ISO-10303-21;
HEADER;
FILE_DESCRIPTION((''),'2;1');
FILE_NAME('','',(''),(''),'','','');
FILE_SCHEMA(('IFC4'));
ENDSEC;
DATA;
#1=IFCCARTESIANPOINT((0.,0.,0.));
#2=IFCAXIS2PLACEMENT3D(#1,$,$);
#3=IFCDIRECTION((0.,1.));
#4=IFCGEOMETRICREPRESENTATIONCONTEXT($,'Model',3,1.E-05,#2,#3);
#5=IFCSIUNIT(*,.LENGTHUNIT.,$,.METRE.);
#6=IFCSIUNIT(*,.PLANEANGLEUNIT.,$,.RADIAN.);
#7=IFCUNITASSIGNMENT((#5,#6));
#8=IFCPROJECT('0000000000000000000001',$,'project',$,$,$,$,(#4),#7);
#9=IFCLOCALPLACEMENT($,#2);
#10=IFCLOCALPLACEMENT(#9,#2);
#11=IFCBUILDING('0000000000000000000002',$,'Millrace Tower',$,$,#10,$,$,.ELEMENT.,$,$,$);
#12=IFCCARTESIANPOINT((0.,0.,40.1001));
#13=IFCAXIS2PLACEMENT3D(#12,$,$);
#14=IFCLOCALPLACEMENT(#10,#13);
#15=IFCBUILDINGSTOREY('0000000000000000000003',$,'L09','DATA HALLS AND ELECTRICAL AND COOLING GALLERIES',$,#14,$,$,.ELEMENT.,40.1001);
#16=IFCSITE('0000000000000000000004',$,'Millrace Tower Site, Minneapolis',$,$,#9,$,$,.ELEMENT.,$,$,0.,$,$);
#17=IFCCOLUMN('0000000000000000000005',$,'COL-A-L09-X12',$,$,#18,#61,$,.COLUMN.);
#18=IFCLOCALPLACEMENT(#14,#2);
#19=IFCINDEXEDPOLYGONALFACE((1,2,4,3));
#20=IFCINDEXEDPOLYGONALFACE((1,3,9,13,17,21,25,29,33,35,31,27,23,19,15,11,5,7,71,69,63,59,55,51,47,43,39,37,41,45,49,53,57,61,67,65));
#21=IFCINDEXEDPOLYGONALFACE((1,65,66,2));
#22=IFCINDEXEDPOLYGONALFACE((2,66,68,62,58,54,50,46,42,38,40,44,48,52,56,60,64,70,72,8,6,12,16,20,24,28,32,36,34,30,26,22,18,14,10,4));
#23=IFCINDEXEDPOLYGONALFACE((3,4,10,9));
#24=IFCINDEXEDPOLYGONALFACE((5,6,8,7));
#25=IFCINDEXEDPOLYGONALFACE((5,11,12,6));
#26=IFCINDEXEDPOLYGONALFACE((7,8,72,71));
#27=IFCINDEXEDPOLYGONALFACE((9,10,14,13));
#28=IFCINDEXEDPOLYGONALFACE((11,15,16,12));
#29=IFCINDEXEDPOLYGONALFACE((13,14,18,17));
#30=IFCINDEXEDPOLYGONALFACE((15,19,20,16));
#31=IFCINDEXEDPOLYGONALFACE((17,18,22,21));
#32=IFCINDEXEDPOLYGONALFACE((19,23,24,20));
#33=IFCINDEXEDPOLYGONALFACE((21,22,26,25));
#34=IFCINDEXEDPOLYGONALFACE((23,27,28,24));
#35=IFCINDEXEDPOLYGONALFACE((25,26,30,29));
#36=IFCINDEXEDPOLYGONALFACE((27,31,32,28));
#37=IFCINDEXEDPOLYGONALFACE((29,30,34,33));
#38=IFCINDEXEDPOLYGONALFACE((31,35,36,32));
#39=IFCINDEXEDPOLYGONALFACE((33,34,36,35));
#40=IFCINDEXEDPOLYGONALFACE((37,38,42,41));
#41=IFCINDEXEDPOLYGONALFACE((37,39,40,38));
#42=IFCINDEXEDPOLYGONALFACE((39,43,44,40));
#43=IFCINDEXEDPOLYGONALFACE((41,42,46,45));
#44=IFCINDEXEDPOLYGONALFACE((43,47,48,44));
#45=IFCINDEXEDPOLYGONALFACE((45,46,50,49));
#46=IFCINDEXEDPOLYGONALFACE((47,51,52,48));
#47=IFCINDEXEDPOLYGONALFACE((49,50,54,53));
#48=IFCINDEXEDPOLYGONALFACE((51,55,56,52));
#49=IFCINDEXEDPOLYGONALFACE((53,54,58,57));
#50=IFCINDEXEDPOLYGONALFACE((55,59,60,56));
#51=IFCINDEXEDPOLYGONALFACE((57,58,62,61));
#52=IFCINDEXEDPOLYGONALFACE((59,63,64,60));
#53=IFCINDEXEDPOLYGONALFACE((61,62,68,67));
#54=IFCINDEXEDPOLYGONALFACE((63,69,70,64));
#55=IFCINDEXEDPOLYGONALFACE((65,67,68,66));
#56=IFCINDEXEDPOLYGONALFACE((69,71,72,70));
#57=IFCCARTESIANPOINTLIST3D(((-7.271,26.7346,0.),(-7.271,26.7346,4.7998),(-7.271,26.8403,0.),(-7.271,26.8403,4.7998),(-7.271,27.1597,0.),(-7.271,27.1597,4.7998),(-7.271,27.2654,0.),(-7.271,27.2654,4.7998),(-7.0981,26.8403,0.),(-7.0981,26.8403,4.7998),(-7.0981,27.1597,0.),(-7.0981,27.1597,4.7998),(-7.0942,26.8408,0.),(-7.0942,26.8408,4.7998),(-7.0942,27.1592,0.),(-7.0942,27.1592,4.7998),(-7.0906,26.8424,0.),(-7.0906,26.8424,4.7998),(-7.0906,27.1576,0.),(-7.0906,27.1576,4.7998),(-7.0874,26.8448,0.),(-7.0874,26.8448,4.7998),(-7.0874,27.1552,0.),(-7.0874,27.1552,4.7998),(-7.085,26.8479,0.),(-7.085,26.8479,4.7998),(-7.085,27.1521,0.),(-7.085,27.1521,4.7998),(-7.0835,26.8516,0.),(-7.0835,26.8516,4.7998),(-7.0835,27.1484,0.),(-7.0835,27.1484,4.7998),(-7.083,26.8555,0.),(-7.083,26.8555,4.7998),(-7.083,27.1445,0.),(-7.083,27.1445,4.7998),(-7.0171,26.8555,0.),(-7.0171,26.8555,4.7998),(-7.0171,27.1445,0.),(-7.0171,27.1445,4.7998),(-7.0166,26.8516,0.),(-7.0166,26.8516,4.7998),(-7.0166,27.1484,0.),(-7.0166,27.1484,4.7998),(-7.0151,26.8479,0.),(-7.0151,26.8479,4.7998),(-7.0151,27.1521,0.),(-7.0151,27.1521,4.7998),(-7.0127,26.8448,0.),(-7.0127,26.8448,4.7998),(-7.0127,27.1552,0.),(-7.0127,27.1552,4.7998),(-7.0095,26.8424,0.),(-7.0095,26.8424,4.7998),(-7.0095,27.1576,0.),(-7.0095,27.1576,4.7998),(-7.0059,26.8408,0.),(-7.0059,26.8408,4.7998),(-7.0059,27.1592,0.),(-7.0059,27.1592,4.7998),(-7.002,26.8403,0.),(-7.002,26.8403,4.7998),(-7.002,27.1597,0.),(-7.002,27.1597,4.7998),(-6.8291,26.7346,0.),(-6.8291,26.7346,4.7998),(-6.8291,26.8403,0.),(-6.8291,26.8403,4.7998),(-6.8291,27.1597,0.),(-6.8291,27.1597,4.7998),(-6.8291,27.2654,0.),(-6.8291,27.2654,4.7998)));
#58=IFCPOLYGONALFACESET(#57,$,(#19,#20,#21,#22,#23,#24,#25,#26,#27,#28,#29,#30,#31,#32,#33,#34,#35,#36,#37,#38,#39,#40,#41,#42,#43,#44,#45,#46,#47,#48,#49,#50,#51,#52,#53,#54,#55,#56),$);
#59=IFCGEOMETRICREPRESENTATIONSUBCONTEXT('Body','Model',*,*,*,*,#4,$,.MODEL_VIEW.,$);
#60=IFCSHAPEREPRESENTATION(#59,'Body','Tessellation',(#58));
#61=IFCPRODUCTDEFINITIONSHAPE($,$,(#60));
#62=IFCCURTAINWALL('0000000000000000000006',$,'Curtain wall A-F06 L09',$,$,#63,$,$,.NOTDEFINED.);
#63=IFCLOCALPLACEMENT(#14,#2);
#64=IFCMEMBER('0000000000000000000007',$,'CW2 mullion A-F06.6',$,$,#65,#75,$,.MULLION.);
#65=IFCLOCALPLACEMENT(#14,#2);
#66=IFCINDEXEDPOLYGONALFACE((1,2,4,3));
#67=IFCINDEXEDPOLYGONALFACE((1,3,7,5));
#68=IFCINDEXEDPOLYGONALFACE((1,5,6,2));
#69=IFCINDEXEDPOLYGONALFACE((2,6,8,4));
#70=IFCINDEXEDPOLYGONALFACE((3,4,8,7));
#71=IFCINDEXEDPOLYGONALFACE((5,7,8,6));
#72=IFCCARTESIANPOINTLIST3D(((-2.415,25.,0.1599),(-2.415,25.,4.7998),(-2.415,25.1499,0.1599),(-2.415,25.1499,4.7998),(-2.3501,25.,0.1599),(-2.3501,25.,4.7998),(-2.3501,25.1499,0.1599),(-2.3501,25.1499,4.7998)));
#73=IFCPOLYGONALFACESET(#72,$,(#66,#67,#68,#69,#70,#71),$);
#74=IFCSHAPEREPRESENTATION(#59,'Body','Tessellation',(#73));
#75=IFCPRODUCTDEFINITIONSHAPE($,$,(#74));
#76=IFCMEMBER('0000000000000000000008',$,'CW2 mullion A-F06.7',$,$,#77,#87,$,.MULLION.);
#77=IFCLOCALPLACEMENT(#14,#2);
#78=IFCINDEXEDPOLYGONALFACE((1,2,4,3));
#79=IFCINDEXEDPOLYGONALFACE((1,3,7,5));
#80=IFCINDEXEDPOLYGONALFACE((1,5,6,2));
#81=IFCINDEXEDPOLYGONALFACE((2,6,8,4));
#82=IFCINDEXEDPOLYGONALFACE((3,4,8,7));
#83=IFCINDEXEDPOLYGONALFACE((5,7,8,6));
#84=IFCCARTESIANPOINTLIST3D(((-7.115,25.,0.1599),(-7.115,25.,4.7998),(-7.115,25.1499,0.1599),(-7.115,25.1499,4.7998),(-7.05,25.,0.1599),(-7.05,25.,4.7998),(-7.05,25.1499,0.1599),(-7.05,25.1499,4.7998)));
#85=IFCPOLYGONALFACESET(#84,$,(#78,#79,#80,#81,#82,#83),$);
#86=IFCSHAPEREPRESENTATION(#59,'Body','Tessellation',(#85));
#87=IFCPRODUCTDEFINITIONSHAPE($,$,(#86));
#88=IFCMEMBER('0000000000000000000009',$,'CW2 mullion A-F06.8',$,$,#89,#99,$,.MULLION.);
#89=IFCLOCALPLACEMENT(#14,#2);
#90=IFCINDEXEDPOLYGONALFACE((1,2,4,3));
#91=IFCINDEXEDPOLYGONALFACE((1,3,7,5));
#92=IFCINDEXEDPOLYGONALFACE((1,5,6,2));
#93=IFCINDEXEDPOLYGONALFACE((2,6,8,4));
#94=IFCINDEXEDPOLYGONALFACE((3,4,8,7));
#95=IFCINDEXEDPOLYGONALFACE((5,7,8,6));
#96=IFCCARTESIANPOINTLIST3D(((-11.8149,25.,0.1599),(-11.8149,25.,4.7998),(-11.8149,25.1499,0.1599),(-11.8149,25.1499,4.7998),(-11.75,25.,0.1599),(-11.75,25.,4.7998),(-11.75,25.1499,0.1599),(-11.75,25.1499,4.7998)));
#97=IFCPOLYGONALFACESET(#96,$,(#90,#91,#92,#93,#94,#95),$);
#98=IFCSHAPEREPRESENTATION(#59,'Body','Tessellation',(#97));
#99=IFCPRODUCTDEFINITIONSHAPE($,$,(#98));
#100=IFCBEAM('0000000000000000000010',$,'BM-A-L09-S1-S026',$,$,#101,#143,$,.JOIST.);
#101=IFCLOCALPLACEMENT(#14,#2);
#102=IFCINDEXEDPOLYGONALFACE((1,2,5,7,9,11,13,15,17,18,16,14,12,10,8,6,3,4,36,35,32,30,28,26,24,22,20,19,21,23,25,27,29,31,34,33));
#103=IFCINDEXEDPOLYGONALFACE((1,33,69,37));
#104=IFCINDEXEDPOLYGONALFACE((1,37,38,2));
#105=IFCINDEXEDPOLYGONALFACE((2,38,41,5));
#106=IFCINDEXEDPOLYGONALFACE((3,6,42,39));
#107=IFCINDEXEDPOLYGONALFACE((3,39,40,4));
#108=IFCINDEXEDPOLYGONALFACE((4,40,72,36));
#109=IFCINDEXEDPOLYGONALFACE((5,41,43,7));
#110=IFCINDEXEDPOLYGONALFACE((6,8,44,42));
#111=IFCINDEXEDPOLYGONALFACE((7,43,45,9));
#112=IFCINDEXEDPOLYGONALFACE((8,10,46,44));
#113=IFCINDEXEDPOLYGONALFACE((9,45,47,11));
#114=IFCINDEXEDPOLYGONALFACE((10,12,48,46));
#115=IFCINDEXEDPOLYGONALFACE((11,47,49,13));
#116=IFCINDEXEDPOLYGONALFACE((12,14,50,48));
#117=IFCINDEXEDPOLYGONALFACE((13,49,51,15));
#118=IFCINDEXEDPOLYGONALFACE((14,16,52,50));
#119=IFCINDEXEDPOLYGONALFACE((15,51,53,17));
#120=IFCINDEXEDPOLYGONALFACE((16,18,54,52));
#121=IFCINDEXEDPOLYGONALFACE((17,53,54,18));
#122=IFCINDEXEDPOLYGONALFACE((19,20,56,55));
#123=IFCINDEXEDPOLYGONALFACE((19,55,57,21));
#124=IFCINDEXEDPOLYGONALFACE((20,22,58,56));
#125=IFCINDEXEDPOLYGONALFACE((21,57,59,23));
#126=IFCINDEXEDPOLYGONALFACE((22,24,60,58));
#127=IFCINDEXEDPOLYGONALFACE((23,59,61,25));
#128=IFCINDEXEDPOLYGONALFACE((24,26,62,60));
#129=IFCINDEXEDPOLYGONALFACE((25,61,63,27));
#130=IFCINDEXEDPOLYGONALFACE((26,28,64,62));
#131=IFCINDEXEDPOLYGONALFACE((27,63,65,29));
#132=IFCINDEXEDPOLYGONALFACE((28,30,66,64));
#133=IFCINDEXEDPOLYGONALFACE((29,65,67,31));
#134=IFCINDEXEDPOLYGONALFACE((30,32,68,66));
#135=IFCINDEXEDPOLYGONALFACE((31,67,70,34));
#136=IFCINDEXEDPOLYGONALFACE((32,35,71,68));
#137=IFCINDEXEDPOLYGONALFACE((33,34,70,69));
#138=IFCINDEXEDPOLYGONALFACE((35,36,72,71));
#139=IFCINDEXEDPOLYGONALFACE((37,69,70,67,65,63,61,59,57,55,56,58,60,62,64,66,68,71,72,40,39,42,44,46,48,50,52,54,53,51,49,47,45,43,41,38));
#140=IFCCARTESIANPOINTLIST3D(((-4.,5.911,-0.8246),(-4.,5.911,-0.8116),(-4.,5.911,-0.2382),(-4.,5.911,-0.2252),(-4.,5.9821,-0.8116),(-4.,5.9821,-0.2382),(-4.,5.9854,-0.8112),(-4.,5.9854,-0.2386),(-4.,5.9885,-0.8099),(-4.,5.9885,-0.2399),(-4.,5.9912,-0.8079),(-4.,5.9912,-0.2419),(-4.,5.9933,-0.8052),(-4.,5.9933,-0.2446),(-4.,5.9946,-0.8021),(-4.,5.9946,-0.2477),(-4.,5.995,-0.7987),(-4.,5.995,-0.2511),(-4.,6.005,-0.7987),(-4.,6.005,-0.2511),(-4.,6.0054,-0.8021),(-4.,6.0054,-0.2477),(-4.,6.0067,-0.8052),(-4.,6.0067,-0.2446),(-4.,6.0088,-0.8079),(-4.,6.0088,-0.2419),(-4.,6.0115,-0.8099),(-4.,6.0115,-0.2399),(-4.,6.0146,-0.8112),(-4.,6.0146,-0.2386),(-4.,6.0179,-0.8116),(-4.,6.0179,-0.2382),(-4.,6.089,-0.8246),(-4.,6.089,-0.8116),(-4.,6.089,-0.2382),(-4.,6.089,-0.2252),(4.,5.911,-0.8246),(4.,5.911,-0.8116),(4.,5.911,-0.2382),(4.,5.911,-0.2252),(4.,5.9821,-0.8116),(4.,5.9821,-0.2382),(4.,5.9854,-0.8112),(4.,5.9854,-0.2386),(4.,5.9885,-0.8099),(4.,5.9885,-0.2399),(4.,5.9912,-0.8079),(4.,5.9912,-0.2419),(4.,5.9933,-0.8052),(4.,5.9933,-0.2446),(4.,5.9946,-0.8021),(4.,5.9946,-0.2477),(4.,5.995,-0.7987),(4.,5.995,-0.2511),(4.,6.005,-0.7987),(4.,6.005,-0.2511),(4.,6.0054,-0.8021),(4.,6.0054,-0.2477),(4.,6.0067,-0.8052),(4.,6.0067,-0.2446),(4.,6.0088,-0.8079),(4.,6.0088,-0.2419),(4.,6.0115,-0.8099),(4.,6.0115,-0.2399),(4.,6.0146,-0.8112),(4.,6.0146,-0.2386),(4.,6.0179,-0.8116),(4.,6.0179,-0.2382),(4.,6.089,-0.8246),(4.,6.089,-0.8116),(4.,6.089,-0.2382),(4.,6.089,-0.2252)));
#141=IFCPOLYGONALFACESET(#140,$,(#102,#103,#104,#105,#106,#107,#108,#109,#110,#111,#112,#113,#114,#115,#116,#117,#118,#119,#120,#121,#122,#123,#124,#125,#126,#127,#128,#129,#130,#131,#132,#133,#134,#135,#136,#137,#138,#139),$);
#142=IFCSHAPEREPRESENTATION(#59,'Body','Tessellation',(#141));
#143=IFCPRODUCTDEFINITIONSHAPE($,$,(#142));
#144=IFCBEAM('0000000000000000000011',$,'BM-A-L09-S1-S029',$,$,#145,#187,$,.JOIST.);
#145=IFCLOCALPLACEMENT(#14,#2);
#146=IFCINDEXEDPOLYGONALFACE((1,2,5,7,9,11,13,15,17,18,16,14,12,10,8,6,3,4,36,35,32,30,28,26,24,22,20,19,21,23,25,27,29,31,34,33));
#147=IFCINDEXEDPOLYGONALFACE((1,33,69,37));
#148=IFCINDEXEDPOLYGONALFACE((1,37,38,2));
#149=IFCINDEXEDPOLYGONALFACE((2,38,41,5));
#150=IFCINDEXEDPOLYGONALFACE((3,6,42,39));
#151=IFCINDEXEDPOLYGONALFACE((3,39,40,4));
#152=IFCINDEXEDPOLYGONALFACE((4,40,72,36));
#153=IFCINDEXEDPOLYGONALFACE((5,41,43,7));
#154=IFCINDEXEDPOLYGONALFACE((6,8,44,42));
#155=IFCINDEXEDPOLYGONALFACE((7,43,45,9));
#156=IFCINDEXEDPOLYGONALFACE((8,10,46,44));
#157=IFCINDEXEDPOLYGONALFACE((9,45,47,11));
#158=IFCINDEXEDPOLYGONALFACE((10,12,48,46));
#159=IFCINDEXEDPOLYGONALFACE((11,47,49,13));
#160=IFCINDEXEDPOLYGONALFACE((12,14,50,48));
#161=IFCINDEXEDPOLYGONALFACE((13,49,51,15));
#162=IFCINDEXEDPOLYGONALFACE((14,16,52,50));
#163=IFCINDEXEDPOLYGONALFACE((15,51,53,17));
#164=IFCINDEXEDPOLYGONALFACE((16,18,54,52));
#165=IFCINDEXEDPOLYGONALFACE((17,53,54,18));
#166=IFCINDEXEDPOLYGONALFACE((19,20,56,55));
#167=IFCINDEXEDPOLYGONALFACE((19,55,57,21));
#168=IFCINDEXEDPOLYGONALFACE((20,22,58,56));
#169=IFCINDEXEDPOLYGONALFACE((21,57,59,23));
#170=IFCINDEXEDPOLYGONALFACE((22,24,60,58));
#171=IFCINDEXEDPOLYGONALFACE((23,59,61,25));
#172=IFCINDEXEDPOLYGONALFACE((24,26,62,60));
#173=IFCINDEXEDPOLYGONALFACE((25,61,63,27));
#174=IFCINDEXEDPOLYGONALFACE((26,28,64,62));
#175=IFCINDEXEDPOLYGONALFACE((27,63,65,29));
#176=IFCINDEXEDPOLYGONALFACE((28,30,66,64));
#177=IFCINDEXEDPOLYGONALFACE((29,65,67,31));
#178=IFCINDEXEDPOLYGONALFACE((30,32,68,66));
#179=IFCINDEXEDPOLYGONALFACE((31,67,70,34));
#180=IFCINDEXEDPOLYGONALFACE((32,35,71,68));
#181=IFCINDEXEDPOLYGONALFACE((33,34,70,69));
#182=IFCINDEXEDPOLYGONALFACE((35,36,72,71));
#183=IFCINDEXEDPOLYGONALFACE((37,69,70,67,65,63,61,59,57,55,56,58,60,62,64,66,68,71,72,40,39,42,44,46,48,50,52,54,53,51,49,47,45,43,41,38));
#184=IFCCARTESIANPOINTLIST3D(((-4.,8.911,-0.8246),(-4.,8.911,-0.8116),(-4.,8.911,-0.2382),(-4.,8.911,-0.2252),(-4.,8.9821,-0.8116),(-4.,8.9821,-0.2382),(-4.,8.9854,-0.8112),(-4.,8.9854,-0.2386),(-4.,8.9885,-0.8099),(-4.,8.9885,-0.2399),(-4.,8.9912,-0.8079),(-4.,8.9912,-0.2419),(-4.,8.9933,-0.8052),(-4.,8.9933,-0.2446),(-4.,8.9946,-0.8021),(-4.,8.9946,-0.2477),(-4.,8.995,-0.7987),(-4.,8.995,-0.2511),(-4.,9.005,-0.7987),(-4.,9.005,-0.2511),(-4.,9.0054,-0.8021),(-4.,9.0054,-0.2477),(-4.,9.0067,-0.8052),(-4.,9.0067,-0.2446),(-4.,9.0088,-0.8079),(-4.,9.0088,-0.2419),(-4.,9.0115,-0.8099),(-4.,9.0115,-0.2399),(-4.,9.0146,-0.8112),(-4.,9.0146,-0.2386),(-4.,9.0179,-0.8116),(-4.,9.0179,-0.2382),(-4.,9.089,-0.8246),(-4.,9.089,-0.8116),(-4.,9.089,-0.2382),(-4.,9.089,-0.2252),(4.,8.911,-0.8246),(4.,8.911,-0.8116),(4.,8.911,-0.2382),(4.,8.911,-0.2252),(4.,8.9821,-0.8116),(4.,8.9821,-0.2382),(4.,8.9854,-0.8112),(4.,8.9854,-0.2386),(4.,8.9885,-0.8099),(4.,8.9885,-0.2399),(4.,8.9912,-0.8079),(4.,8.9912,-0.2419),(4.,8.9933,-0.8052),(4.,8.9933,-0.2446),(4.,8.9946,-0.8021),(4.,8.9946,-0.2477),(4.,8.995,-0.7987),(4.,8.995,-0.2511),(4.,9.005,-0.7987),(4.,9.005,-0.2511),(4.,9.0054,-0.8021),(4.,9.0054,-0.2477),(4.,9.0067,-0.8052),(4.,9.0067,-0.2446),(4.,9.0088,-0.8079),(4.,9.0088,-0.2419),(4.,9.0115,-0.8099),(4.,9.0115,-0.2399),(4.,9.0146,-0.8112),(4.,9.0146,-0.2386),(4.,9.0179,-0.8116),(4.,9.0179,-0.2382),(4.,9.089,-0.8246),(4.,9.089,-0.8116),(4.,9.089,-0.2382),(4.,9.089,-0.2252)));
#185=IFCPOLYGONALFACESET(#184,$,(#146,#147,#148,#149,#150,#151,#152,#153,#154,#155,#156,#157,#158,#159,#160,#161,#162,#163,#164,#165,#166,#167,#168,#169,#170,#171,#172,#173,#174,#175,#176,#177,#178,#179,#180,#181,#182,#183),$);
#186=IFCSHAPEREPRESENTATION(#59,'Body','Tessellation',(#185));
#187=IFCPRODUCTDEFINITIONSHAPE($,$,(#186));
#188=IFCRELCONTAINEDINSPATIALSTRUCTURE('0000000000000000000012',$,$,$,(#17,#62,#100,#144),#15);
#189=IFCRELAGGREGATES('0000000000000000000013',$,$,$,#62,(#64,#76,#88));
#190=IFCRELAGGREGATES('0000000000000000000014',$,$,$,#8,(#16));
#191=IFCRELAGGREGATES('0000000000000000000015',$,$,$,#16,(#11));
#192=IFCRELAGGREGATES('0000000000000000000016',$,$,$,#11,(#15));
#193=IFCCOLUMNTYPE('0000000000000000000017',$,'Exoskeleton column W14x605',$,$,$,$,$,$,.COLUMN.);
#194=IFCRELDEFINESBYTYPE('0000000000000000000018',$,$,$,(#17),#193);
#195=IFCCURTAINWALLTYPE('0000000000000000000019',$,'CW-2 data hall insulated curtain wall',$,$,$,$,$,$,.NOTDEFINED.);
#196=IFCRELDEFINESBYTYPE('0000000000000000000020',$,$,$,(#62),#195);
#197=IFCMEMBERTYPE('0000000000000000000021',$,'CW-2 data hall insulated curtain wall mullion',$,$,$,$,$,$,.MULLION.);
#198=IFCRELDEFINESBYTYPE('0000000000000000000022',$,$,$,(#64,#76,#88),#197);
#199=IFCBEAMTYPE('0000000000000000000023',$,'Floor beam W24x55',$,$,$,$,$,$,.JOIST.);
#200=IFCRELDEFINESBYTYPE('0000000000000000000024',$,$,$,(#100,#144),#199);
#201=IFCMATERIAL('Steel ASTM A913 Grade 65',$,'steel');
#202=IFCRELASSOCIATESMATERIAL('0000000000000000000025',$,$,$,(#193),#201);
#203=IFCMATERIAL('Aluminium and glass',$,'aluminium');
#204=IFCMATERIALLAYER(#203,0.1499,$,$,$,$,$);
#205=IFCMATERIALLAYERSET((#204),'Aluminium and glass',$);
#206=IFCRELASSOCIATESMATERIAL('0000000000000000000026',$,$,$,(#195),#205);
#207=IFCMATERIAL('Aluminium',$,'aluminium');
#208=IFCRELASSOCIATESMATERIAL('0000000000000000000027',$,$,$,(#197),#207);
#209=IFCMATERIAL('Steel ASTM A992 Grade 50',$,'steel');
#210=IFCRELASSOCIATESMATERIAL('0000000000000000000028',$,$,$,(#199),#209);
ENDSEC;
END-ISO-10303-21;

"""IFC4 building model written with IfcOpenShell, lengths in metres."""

from ifc_helpers import new_model, si_unit, direction, frame, origin, origin_2d, place, context, subcontext, project, spatial, rectangle, i_section, extrude, material, layer, layer_set, material_profile, profile_set, type_object, element, aggregate, save


model = new_model("IFC4")

# Units and contexts
model_context = context("Model", 3, precision=1e-05, world=origin(), true_north=direction((0.0, 1.0)))
body_context = subcontext(model_context, "Body", "Model", "MODEL_VIEW")
ifc_project = project(units=[si_unit("LENGTHUNIT", "METRE"), si_unit("PLANEANGLEUNIT", "RADIAN")], contexts=[model_context])

# Site, building, storey
site_placement = place(None, origin())
site = spatial("IfcSite", under=ifc_project, at=site_placement, Name="Millrace Tower Site, Minneapolis", CompositionType="ELEMENT", RefElevation=0.0)
building_placement = place(site_placement, origin())
building = spatial("IfcBuilding", under=site, at=building_placement, Name="Millrace Tower", CompositionType="ELEMENT")
storey_placement = place(building_placement, frame((0.0, 0.0, 40.1001)))
storey = spatial("IfcBuildingStorey", under=building, at=storey_placement, Name="L09", Description="DATA HALLS AND ELECTRICAL AND COOLING GALLERIES", CompositionType="ELEMENT", Elevation=40.1001)

# Column
ifc_material_1 = material(Name="Steel ASTM A913 Grade 65", Category="steel")
ifc_material_profile_1 = material_profile(ifc_material_1, i_section(OverallWidth=0.4419, OverallDepth=0.5308, WebThickness=0.0659, FlangeThickness=0.1057, FilletRadius=0.0151, at=origin_2d()))
ifc_profile_set_1 = profile_set([ifc_material_profile_1], Name="Steel ASTM A913 Grade 65")
column_type = type_object("IfcColumnType", Name="Exoskeleton column W14x605", PredefinedType="COLUMN", material=ifc_profile_set_1)
column_placement = place(storey_placement, frame((-7.05, 27.0, 0.0), z_axis=(0.0, 0.0, 1.0), x_axis=(-1.0, 0.0, 0.0)))
element("IfcColumn", 1, at=column_placement, inside=storey, type_object=column_type, Name="COL-A-L09-X12", PredefinedType="COLUMN", context=body_context, shape_type="SweptSolid", body=[
    extrude(i_section(OverallWidth=0.4419, OverallDepth=0.5308, WebThickness=0.0659, FlangeThickness=0.1057, FilletRadius=0.0151, at=origin_2d()), origin(), (0.0, 0.0, 1.0), 4.7998),
])

# Curtain wall, members
ifc_material_2 = material(Name="Aluminium and glass", Category="aluminium")
ifc_layer_1 = layer(ifc_material_2, 0.1499)
ifc_layer_set_1 = layer_set([ifc_layer_1], Name="Aluminium and glass")
curtain_wall_type = type_object("IfcCurtainWallType", Name="CW-2 data hall insulated curtain wall", PredefinedType="NOTDEFINED", material=ifc_layer_set_1)
placement = place(storey_placement, origin())
curtain_wall = element("IfcCurtainWall", 2, at=placement, inside=storey, type_object=curtain_wall_type, Name="Curtain wall A-F06 L09", PredefinedType="NOTDEFINED")
ifc_material_3 = material(Name="Aluminium", Category="aluminium")
ifc_material_profile_2 = material_profile(ifc_material_3, rectangle(XDim=0.0649, YDim=0.1499, at=origin_2d()))
ifc_profile_set_2 = profile_set([ifc_material_profile_2], Name="Aluminium")
member_type = type_object("IfcMemberType", Name="CW-2 data hall insulated curtain wall mullion", PredefinedType="MULLION", material=ifc_profile_set_2)
member_1_placement = place(storey_placement, frame((-2.3826, 25.075, 0.1599), z_axis=(0.0, 0.0, 1.0), x_axis=(-1.0, 0.0, 0.0)))
member_1 = element("IfcMember", 3, at=member_1_placement, type_object=member_type, Name="CW2 mullion A-F06.6", PredefinedType="MULLION", context=body_context, shape_type="SweptSolid", body=[
    extrude(rectangle(XDim=0.0649, YDim=0.1499, at=origin_2d()), origin(), (0.0, 0.0, 1.0), 4.6399),
])
member_2_placement = place(storey_placement, frame((-7.0825, 25.075, 0.1599), z_axis=(0.0, 0.0, 1.0), x_axis=(-1.0, 0.0, 0.0)))
member_2 = element("IfcMember", 4, at=member_2_placement, type_object=member_type, Name="CW2 mullion A-F06.7", PredefinedType="MULLION", context=body_context, shape_type="SweptSolid", body=[
    extrude(rectangle(XDim=0.0649, YDim=0.1499, at=origin_2d()), origin(), (0.0, 0.0, 1.0), 4.6399),
])
member_3_placement = place(storey_placement, frame((-11.7825, 25.075, 0.1599), z_axis=(0.0, 0.0, 1.0), x_axis=(-1.0, 0.0, 0.0)))
member_3 = element("IfcMember", 5, at=member_3_placement, type_object=member_type, Name="CW2 mullion A-F06.8", PredefinedType="MULLION", context=body_context, shape_type="SweptSolid", body=[
    extrude(rectangle(XDim=0.0649, YDim=0.1499, at=origin_2d()), origin(), (0.0, 0.0, 1.0), 4.6399),
])
aggregate(curtain_wall, [member_1, member_2, member_3])

# Beams
ifc_material_4 = material(Name="Steel ASTM A992 Grade 50", Category="steel")
ifc_material_profile_3 = material_profile(ifc_material_4, i_section(OverallWidth=0.178, OverallDepth=0.5994, WebThickness=0.01, FlangeThickness=0.0129, FilletRadius=0.0129, at=origin_2d()))
ifc_profile_set_3 = profile_set([ifc_material_profile_3], Name="Steel ASTM A992 Grade 50")
beam_type_1 = type_object("IfcBeamType", Name="Floor beam W24x55", PredefinedType="JOIST", material=ifc_profile_set_3)
for number, where, z_axis, x_axis, name in (
    (6, (-4.0, 6.0, -0.5249), (1.0, 0.0, 0.0), (0.0, 1.0, 0.0), "BM-A-L09-S1-S026"),
    (7, (-4.0, 9.0, -0.5249), (1.0, 0.0, 0.0), (0.0, 1.0, 0.0), "BM-A-L09-S1-S029"),
):
    element("IfcBeam", number, at=place(storey_placement, frame(where, z_axis=z_axis, x_axis=x_axis)), inside=storey, type_object=beam_type_1, Name=name, PredefinedType="JOIST", context=body_context, shape_type="SweptSolid", body=[
        extrude(i_section(OverallWidth=0.178, OverallDepth=0.5994, WebThickness=0.01, FlangeThickness=0.0129, FilletRadius=0.0129, at=origin_2d()), origin(), (0.0, 0.0, 1.0), 8.0),
    ])

save(model, "model.ifc")
